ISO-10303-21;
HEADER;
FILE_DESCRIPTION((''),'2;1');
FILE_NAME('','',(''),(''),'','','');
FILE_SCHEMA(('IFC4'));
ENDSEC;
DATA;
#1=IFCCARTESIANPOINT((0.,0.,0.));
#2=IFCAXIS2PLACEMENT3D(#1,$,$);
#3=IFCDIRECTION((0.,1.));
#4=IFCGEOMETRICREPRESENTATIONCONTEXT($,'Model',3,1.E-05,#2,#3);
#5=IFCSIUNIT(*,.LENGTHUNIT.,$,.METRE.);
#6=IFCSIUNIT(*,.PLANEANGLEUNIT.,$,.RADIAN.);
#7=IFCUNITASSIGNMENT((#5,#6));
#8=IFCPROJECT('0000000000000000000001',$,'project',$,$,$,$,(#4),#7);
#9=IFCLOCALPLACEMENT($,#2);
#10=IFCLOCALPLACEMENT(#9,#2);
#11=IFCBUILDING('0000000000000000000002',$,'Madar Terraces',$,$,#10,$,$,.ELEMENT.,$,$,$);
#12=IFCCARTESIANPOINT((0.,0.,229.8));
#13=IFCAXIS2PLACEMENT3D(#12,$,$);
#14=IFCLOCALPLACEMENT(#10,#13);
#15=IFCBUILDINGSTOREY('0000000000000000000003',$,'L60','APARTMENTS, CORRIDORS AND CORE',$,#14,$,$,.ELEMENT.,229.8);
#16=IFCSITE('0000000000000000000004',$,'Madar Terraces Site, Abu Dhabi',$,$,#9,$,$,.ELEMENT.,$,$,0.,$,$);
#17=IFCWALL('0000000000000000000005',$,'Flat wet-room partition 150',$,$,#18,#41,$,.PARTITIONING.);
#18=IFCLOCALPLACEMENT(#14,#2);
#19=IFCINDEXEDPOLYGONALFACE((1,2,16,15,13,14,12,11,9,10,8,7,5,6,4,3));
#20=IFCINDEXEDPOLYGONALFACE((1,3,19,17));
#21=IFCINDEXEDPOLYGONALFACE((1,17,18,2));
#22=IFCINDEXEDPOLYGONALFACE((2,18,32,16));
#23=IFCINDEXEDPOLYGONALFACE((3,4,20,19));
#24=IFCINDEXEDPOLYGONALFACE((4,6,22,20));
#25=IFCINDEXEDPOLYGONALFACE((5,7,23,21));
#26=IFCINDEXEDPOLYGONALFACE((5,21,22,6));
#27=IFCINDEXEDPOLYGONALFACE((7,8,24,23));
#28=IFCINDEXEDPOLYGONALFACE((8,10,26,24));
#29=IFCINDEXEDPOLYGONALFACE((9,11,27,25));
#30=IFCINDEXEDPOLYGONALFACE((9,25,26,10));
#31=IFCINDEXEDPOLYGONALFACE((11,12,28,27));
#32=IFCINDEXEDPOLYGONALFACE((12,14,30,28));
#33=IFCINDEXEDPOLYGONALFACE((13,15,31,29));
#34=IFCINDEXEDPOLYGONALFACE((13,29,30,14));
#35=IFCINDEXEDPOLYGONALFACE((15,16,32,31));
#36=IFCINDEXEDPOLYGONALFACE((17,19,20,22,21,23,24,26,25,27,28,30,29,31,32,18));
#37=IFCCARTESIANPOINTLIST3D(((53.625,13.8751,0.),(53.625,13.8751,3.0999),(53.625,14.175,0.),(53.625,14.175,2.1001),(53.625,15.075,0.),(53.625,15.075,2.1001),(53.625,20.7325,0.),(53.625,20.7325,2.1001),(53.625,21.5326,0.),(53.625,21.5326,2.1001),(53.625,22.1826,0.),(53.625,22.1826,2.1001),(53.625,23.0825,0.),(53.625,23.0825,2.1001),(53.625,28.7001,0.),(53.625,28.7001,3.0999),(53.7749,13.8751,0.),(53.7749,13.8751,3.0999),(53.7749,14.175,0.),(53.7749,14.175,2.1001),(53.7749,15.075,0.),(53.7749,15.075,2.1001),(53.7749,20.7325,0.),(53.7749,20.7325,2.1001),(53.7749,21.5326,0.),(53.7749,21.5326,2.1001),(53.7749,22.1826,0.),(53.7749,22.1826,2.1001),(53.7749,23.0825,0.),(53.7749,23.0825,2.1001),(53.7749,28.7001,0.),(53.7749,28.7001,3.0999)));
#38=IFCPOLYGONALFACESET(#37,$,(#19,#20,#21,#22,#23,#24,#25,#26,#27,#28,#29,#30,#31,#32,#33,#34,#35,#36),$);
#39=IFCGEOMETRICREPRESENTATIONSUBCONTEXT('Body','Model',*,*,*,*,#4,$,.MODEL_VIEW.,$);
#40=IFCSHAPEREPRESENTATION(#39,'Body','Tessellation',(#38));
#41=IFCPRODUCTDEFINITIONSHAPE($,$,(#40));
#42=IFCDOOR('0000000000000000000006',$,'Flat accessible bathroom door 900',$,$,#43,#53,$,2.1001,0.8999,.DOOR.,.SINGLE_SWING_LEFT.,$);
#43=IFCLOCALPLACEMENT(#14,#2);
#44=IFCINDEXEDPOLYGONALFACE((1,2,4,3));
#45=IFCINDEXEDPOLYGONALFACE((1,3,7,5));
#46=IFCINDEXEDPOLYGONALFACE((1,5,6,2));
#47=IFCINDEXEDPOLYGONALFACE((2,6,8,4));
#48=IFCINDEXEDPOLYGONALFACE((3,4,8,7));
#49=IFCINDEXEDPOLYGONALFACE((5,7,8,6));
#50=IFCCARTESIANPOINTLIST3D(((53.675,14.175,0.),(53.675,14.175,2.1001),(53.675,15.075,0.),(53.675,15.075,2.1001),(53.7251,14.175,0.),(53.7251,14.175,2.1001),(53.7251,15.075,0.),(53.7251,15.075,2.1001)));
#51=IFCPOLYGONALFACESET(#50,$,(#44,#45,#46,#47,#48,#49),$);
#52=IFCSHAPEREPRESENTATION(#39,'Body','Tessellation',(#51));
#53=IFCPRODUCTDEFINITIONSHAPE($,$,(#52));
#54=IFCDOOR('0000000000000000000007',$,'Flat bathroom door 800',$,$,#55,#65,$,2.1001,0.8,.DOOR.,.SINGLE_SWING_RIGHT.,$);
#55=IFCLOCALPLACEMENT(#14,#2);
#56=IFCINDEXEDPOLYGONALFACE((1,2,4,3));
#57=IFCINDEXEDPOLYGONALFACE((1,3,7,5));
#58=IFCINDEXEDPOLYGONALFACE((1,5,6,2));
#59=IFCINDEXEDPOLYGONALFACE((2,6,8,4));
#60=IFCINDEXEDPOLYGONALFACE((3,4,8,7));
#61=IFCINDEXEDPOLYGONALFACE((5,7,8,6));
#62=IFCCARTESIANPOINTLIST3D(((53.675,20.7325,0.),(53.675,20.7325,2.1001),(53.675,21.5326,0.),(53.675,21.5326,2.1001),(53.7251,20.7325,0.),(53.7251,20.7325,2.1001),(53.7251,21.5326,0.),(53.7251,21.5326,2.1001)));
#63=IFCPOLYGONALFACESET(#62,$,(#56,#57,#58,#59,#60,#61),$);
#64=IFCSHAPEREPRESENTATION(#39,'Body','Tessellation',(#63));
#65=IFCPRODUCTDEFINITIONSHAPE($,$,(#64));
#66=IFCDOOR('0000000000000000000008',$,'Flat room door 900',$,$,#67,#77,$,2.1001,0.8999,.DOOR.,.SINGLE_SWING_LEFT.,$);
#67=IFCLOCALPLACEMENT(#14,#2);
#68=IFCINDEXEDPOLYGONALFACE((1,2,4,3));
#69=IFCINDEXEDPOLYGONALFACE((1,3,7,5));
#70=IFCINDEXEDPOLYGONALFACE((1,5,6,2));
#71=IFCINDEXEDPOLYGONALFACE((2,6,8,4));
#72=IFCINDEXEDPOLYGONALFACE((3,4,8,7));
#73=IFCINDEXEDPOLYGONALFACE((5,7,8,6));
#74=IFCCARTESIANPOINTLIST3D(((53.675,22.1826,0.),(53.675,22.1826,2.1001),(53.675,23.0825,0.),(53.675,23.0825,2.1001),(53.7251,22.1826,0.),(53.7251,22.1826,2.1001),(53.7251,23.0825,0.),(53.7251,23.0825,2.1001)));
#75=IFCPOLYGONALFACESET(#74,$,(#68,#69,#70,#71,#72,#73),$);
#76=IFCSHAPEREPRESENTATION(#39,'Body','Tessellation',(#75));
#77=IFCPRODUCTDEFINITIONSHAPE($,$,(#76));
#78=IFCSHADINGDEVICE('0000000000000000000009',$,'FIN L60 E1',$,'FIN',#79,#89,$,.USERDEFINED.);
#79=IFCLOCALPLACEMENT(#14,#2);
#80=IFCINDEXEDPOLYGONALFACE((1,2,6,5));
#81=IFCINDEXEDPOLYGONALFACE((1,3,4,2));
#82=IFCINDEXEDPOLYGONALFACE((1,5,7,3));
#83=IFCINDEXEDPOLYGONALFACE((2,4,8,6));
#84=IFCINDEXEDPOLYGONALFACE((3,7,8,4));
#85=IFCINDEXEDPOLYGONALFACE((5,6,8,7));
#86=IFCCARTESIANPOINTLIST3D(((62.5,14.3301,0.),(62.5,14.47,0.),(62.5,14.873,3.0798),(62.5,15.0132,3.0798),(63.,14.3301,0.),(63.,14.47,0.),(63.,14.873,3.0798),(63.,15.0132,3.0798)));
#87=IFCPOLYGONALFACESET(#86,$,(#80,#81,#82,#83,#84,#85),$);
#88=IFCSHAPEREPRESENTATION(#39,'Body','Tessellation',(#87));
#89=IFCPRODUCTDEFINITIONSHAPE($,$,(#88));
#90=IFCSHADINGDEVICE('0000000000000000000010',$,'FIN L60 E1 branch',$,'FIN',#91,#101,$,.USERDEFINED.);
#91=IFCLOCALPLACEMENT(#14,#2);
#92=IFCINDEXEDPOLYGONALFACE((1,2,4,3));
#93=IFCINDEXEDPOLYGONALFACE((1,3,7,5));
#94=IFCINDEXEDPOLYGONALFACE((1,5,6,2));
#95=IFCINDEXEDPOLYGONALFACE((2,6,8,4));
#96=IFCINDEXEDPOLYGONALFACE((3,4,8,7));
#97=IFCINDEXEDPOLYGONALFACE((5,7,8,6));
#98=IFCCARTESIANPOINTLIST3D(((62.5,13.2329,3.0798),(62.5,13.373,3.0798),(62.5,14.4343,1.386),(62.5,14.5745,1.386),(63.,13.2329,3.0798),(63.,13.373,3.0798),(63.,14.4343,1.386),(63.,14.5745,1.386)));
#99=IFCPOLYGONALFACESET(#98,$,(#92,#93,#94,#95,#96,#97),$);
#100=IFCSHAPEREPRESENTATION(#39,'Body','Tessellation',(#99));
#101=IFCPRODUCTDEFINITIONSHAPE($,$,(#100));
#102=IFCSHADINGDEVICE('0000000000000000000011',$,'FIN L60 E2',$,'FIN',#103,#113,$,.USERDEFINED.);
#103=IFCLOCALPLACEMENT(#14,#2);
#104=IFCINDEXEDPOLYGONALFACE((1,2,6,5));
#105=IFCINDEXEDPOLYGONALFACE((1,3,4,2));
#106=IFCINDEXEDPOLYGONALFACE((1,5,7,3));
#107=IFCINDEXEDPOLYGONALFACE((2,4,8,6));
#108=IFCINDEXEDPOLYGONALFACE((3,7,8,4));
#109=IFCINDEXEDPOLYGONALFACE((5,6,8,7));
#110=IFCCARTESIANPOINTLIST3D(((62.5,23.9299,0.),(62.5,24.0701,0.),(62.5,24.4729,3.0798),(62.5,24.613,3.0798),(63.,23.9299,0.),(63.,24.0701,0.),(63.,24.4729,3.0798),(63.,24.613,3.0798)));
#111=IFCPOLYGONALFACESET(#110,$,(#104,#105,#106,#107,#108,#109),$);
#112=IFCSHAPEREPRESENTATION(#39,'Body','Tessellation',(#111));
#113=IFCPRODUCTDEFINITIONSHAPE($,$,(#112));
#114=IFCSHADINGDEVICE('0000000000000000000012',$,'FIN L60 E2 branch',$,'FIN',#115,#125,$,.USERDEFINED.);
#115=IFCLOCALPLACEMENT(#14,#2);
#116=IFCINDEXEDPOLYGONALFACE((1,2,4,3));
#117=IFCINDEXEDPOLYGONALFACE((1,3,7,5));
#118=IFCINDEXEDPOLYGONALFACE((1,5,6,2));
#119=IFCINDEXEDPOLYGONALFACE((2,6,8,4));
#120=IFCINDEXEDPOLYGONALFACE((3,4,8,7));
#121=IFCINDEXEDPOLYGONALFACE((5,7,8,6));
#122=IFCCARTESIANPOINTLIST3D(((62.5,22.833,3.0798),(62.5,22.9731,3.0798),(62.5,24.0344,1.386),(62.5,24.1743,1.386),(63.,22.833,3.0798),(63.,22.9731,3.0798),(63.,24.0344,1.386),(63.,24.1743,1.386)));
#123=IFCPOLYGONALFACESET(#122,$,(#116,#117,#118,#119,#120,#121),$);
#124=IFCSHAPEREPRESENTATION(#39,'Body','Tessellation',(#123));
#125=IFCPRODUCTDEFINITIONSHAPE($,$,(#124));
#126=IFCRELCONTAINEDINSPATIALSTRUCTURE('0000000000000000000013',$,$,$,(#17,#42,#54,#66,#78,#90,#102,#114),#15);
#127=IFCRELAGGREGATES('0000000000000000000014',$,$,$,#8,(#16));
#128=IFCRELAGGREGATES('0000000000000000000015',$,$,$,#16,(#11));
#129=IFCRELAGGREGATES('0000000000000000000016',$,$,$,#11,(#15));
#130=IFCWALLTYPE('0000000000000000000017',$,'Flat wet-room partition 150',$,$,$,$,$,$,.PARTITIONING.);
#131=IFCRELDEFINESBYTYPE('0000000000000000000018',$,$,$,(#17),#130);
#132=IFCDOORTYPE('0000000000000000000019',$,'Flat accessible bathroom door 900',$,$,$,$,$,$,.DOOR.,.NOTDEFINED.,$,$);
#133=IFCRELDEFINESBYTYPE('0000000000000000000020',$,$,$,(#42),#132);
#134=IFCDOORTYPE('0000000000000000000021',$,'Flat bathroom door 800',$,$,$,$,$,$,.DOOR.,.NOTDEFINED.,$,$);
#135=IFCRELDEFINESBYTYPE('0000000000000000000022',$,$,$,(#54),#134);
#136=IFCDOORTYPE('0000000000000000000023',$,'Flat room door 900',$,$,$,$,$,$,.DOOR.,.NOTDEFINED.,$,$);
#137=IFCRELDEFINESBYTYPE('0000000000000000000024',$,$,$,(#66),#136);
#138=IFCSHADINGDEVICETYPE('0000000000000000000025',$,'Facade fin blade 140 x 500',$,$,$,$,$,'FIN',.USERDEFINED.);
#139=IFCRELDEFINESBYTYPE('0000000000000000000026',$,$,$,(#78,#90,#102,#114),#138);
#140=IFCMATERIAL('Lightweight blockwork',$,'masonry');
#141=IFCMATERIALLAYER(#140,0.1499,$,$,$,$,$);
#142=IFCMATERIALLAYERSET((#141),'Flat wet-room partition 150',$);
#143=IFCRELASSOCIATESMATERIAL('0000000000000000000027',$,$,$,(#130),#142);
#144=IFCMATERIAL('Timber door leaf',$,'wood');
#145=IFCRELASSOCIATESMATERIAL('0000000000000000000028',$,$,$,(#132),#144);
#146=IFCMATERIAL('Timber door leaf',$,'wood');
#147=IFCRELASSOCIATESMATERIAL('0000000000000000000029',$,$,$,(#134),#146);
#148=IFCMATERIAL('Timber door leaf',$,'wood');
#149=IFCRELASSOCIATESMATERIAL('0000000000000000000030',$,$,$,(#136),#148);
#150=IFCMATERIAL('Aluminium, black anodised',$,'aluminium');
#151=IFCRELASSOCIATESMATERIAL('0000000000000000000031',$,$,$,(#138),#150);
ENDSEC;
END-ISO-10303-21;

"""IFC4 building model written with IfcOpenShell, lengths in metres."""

from ifc_helpers import new_model, si_unit, direction, frame, frame_2d, origin, place, context, subcontext, project, spatial, polyline, rectangle, outline, extrude, material, layer, layer_set, type_object, element, fill, save


model = new_model("IFC4")

# Units and contexts
model_context = context("Model", 3, precision=1e-05, world=origin(), true_north=direction((0.0, 1.0)))
body_context = subcontext(model_context, "Body", "Model", "MODEL_VIEW")
ifc_project = project(units=[si_unit("LENGTHUNIT", "METRE"), si_unit("PLANEANGLEUNIT", "RADIAN")], contexts=[model_context])

# Site, building, storey
site_placement = place(None, origin())
site = spatial("IfcSite", under=ifc_project, at=site_placement, Name="Madar Terraces Site, Abu Dhabi", CompositionType="ELEMENT", RefElevation=0.0)
building_placement = place(site_placement, origin())
building = spatial("IfcBuilding", under=site, at=building_placement, Name="Madar Terraces", CompositionType="ELEMENT")
storey_placement = place(building_placement, frame((0.0, 0.0, 229.8)))
storey = spatial("IfcBuildingStorey", under=building, at=storey_placement, Name="L60", Description="APARTMENTS, CORRIDORS AND CORE", CompositionType="ELEMENT", Elevation=229.8)

# Shared definitions
ifc_material_1 = material(Name="Lightweight blockwork", Category="masonry")
ifc_layer_1 = layer(ifc_material_1, 0.1499)
ifc_layer_set_1 = layer_set([ifc_layer_1], Name="Flat wet-room partition 150")
wall_type_1 = type_object("IfcWallType", Name="Flat wet-room partition 150", PredefinedType="PARTITIONING", material=ifc_layer_set_1)

# Wall, openings, doors
wall_1_placement = place(storey_placement, frame((53.7, 13.875, 0.0), z_axis=(0.0, 0.0, 1.0), x_axis=(0.0, 1.0, 0.0)))
wall_1 = element("IfcWall", 1, at=wall_1_placement, inside=storey, type_object=wall_type_1, Name="Flat wet-room partition 150", PredefinedType="PARTITIONING", context=body_context, shape_type="SweptSolid", body=[
    extrude(rectangle(XDim=14.825, YDim=0.1499, at=frame_2d((7.4126, 0.0))), origin(), (0.0, 0.0, 1.0), 3.0999),
])
opening_1_placement = place(wall_1_placement, frame((0.3, 0.0, 0.0)))
opening_1 = element("IfcOpeningElement", 2, at=opening_1_placement, cuts=wall_1, PredefinedType="OPENING", context=body_context, shape_type="SweptSolid", body=[
    extrude(rectangle(XDim=0.8999, YDim=2.1001, at=frame_2d((0.45, 1.05))), frame((0.0, 0.085, 0.0), z_axis=(0.0, -1.0, 0.0), x_axis=(1.0, 0.0, 0.0)), (0.0, 0.0, 1.0), 0.1699),
])
opening_2_placement = place(wall_1_placement, frame((6.8577, 0.0, 0.0)))
opening_2 = element("IfcOpeningElement", 3, at=opening_2_placement, cuts=wall_1, PredefinedType="OPENING", context=body_context, shape_type="SweptSolid", body=[
    extrude(rectangle(XDim=0.8, YDim=2.1001, at=frame_2d((0.3999, 1.05))), frame((0.0, 0.085, 0.0), z_axis=(0.0, -1.0, 0.0), x_axis=(1.0, 0.0, 0.0)), (0.0, 0.0, 1.0), 0.1699),
])
opening_3_placement = place(wall_1_placement, frame((8.3076, 0.0, 0.0)))
opening_3 = element("IfcOpeningElement", 4, at=opening_3_placement, cuts=wall_1, PredefinedType="OPENING", context=body_context, shape_type="SweptSolid", body=[
    extrude(rectangle(XDim=0.8999, YDim=2.1001, at=frame_2d((0.45, 1.05))), frame((0.0, 0.085, 0.0), z_axis=(0.0, -1.0, 0.0), x_axis=(1.0, 0.0, 0.0)), (0.0, 0.0, 1.0), 0.1699),
])
ifc_material_2 = material(Name="Timber door leaf", Category="wood")
door_type_1 = type_object("IfcDoorType", Name="Flat accessible bathroom door 900", OperationType="NOTDEFINED", PredefinedType="DOOR", material=ifc_material_2)
door_1_placement = place(opening_1_placement, origin())
door_1 = element("IfcDoor", 5, at=door_1_placement, inside=storey, type_object=door_type_1, Name="Flat accessible bathroom door 900", OperationType="SINGLE_SWING_LEFT", OverallHeight=2.1001, OverallWidth=0.8999, PredefinedType="DOOR", context=body_context, shape_type="SweptSolid", body=[
    extrude(rectangle(XDim=0.8999, YDim=2.1001, at=frame_2d((0.45, 1.05))), frame((0.0, 0.0249, 0.0), z_axis=(0.0, -1.0, 0.0), x_axis=(1.0, 0.0, 0.0)), (0.0, 0.0, 1.0), 0.05),
])
fill(opening_1, door_1)
ifc_material_3 = material(Name="Timber door leaf", Category="wood")
door_type_2 = type_object("IfcDoorType", Name="Flat bathroom door 800", OperationType="NOTDEFINED", PredefinedType="DOOR", material=ifc_material_3)
door_2_placement = place(opening_2_placement, origin())
door_2 = element("IfcDoor", 6, at=door_2_placement, inside=storey, type_object=door_type_2, Name="Flat bathroom door 800", OperationType="SINGLE_SWING_RIGHT", OverallHeight=2.1001, OverallWidth=0.8, PredefinedType="DOOR", context=body_context, shape_type="SweptSolid", body=[
    extrude(rectangle(XDim=0.8, YDim=2.1001, at=frame_2d((0.3999, 1.05))), frame((0.0, 0.0249, 0.0), z_axis=(0.0, -1.0, 0.0), x_axis=(1.0, 0.0, 0.0)), (0.0, 0.0, 1.0), 0.05),
])
fill(opening_2, door_2)
ifc_material_4 = material(Name="Timber door leaf", Category="wood")
door_type_3 = type_object("IfcDoorType", Name="Flat room door 900", OperationType="NOTDEFINED", PredefinedType="DOOR", material=ifc_material_4)
door_3_placement = place(opening_3_placement, origin())
door_3 = element("IfcDoor", 7, at=door_3_placement, inside=storey, type_object=door_type_3, Name="Flat room door 900", OperationType="SINGLE_SWING_LEFT", OverallHeight=2.1001, OverallWidth=0.8999, PredefinedType="DOOR", context=body_context, shape_type="SweptSolid", body=[
    extrude(rectangle(XDim=0.8999, YDim=2.1001, at=frame_2d((0.45, 1.05))), frame((0.0, 0.0249, 0.0), z_axis=(0.0, -1.0, 0.0), x_axis=(1.0, 0.0, 0.0)), (0.0, 0.0, 1.0), 0.05),
])
fill(opening_3, door_3)

# Shading devices
ifc_material_5 = material(Name="Aluminium, black anodised", Category="aluminium")
shading_device_type = type_object("IfcShadingDeviceType", Name="Facade fin blade 140 x 500", ElementType="FIN", PredefinedType="USERDEFINED", material=ifc_material_5)
shading_device_1_placement = place(storey_placement, frame((62.75, 14.3301, 0.0), z_axis=(0.0, 0.0, 1.0), x_axis=(0.0, 1.0, 0.0)))
element("IfcShadingDevice", 8, at=shading_device_1_placement, inside=storey, type_object=shading_device_type, Name="FIN L60 E1", ObjectType="FIN", PredefinedType="USERDEFINED", context=body_context, shape_type="SweptSolid", body=[
    extrude(outline(polyline([(0.0, 0.0), (0.1399, 0.0), (0.6831, 3.0798), (0.543, 3.0798), (0.0, 0.0)])), frame((0.0, 0.25, 0.0), z_axis=(0.0, -1.0, 0.0), x_axis=(1.0, 0.0, 0.0)), (0.0, 0.0, 1.0), 0.5),
])
shading_device_2_placement = place(storey_placement, frame((62.75, 14.4343, 1.386), z_axis=(0.0, 0.0, 1.0), x_axis=(0.0, 1.0, 0.0)))
element("IfcShadingDevice", 9, at=shading_device_2_placement, inside=storey, type_object=shading_device_type, Name="FIN L60 E1 branch", ObjectType="FIN", PredefinedType="USERDEFINED", context=body_context, shape_type="SweptSolid", body=[
    extrude(outline(polyline([(0.0, 0.0), (0.1401, 0.0), (-1.0613, 1.6938), (-1.2014, 1.6938), (0.0, 0.0)])), frame((0.0, 0.25, 0.0), z_axis=(0.0, -1.0, 0.0), x_axis=(1.0, 0.0, 0.0)), (0.0, 0.0, 1.0), 0.5),
])
shading_device_3_placement = place(storey_placement, frame((62.75, 23.9299, 0.0), z_axis=(0.0, 0.0, 1.0), x_axis=(0.0, 1.0, 0.0)))
element("IfcShadingDevice", 10, at=shading_device_3_placement, inside=storey, type_object=shading_device_type, Name="FIN L60 E2", ObjectType="FIN", PredefinedType="USERDEFINED", context=body_context, shape_type="SweptSolid", body=[
    extrude(outline(polyline([(0.0, 0.0), (0.1401, 0.0), (0.6831, 3.0798), (0.543, 3.0798), (0.0, 0.0)])), frame((0.0, 0.25, 0.0), z_axis=(0.0, -1.0, 0.0), x_axis=(1.0, 0.0, 0.0)), (0.0, 0.0, 1.0), 0.5),
])
shading_device_4_placement = place(storey_placement, frame((62.75, 24.0344, 1.386), z_axis=(0.0, 0.0, 1.0), x_axis=(0.0, 1.0, 0.0)))
element("IfcShadingDevice", 11, at=shading_device_4_placement, inside=storey, type_object=shading_device_type, Name="FIN L60 E2 branch", ObjectType="FIN", PredefinedType="USERDEFINED", context=body_context, shape_type="SweptSolid", body=[
    extrude(outline(polyline([(0.0, 0.0), (0.1399, 0.0), (-1.0613, 1.6938), (-1.2014, 1.6938), (0.0, 0.0)])), frame((0.0, 0.25, 0.0), z_axis=(0.0, -1.0, 0.0), x_axis=(1.0, 0.0, 0.0)), (0.0, 0.0, 1.0), 0.5),
])

save(model, "model.ifc")
